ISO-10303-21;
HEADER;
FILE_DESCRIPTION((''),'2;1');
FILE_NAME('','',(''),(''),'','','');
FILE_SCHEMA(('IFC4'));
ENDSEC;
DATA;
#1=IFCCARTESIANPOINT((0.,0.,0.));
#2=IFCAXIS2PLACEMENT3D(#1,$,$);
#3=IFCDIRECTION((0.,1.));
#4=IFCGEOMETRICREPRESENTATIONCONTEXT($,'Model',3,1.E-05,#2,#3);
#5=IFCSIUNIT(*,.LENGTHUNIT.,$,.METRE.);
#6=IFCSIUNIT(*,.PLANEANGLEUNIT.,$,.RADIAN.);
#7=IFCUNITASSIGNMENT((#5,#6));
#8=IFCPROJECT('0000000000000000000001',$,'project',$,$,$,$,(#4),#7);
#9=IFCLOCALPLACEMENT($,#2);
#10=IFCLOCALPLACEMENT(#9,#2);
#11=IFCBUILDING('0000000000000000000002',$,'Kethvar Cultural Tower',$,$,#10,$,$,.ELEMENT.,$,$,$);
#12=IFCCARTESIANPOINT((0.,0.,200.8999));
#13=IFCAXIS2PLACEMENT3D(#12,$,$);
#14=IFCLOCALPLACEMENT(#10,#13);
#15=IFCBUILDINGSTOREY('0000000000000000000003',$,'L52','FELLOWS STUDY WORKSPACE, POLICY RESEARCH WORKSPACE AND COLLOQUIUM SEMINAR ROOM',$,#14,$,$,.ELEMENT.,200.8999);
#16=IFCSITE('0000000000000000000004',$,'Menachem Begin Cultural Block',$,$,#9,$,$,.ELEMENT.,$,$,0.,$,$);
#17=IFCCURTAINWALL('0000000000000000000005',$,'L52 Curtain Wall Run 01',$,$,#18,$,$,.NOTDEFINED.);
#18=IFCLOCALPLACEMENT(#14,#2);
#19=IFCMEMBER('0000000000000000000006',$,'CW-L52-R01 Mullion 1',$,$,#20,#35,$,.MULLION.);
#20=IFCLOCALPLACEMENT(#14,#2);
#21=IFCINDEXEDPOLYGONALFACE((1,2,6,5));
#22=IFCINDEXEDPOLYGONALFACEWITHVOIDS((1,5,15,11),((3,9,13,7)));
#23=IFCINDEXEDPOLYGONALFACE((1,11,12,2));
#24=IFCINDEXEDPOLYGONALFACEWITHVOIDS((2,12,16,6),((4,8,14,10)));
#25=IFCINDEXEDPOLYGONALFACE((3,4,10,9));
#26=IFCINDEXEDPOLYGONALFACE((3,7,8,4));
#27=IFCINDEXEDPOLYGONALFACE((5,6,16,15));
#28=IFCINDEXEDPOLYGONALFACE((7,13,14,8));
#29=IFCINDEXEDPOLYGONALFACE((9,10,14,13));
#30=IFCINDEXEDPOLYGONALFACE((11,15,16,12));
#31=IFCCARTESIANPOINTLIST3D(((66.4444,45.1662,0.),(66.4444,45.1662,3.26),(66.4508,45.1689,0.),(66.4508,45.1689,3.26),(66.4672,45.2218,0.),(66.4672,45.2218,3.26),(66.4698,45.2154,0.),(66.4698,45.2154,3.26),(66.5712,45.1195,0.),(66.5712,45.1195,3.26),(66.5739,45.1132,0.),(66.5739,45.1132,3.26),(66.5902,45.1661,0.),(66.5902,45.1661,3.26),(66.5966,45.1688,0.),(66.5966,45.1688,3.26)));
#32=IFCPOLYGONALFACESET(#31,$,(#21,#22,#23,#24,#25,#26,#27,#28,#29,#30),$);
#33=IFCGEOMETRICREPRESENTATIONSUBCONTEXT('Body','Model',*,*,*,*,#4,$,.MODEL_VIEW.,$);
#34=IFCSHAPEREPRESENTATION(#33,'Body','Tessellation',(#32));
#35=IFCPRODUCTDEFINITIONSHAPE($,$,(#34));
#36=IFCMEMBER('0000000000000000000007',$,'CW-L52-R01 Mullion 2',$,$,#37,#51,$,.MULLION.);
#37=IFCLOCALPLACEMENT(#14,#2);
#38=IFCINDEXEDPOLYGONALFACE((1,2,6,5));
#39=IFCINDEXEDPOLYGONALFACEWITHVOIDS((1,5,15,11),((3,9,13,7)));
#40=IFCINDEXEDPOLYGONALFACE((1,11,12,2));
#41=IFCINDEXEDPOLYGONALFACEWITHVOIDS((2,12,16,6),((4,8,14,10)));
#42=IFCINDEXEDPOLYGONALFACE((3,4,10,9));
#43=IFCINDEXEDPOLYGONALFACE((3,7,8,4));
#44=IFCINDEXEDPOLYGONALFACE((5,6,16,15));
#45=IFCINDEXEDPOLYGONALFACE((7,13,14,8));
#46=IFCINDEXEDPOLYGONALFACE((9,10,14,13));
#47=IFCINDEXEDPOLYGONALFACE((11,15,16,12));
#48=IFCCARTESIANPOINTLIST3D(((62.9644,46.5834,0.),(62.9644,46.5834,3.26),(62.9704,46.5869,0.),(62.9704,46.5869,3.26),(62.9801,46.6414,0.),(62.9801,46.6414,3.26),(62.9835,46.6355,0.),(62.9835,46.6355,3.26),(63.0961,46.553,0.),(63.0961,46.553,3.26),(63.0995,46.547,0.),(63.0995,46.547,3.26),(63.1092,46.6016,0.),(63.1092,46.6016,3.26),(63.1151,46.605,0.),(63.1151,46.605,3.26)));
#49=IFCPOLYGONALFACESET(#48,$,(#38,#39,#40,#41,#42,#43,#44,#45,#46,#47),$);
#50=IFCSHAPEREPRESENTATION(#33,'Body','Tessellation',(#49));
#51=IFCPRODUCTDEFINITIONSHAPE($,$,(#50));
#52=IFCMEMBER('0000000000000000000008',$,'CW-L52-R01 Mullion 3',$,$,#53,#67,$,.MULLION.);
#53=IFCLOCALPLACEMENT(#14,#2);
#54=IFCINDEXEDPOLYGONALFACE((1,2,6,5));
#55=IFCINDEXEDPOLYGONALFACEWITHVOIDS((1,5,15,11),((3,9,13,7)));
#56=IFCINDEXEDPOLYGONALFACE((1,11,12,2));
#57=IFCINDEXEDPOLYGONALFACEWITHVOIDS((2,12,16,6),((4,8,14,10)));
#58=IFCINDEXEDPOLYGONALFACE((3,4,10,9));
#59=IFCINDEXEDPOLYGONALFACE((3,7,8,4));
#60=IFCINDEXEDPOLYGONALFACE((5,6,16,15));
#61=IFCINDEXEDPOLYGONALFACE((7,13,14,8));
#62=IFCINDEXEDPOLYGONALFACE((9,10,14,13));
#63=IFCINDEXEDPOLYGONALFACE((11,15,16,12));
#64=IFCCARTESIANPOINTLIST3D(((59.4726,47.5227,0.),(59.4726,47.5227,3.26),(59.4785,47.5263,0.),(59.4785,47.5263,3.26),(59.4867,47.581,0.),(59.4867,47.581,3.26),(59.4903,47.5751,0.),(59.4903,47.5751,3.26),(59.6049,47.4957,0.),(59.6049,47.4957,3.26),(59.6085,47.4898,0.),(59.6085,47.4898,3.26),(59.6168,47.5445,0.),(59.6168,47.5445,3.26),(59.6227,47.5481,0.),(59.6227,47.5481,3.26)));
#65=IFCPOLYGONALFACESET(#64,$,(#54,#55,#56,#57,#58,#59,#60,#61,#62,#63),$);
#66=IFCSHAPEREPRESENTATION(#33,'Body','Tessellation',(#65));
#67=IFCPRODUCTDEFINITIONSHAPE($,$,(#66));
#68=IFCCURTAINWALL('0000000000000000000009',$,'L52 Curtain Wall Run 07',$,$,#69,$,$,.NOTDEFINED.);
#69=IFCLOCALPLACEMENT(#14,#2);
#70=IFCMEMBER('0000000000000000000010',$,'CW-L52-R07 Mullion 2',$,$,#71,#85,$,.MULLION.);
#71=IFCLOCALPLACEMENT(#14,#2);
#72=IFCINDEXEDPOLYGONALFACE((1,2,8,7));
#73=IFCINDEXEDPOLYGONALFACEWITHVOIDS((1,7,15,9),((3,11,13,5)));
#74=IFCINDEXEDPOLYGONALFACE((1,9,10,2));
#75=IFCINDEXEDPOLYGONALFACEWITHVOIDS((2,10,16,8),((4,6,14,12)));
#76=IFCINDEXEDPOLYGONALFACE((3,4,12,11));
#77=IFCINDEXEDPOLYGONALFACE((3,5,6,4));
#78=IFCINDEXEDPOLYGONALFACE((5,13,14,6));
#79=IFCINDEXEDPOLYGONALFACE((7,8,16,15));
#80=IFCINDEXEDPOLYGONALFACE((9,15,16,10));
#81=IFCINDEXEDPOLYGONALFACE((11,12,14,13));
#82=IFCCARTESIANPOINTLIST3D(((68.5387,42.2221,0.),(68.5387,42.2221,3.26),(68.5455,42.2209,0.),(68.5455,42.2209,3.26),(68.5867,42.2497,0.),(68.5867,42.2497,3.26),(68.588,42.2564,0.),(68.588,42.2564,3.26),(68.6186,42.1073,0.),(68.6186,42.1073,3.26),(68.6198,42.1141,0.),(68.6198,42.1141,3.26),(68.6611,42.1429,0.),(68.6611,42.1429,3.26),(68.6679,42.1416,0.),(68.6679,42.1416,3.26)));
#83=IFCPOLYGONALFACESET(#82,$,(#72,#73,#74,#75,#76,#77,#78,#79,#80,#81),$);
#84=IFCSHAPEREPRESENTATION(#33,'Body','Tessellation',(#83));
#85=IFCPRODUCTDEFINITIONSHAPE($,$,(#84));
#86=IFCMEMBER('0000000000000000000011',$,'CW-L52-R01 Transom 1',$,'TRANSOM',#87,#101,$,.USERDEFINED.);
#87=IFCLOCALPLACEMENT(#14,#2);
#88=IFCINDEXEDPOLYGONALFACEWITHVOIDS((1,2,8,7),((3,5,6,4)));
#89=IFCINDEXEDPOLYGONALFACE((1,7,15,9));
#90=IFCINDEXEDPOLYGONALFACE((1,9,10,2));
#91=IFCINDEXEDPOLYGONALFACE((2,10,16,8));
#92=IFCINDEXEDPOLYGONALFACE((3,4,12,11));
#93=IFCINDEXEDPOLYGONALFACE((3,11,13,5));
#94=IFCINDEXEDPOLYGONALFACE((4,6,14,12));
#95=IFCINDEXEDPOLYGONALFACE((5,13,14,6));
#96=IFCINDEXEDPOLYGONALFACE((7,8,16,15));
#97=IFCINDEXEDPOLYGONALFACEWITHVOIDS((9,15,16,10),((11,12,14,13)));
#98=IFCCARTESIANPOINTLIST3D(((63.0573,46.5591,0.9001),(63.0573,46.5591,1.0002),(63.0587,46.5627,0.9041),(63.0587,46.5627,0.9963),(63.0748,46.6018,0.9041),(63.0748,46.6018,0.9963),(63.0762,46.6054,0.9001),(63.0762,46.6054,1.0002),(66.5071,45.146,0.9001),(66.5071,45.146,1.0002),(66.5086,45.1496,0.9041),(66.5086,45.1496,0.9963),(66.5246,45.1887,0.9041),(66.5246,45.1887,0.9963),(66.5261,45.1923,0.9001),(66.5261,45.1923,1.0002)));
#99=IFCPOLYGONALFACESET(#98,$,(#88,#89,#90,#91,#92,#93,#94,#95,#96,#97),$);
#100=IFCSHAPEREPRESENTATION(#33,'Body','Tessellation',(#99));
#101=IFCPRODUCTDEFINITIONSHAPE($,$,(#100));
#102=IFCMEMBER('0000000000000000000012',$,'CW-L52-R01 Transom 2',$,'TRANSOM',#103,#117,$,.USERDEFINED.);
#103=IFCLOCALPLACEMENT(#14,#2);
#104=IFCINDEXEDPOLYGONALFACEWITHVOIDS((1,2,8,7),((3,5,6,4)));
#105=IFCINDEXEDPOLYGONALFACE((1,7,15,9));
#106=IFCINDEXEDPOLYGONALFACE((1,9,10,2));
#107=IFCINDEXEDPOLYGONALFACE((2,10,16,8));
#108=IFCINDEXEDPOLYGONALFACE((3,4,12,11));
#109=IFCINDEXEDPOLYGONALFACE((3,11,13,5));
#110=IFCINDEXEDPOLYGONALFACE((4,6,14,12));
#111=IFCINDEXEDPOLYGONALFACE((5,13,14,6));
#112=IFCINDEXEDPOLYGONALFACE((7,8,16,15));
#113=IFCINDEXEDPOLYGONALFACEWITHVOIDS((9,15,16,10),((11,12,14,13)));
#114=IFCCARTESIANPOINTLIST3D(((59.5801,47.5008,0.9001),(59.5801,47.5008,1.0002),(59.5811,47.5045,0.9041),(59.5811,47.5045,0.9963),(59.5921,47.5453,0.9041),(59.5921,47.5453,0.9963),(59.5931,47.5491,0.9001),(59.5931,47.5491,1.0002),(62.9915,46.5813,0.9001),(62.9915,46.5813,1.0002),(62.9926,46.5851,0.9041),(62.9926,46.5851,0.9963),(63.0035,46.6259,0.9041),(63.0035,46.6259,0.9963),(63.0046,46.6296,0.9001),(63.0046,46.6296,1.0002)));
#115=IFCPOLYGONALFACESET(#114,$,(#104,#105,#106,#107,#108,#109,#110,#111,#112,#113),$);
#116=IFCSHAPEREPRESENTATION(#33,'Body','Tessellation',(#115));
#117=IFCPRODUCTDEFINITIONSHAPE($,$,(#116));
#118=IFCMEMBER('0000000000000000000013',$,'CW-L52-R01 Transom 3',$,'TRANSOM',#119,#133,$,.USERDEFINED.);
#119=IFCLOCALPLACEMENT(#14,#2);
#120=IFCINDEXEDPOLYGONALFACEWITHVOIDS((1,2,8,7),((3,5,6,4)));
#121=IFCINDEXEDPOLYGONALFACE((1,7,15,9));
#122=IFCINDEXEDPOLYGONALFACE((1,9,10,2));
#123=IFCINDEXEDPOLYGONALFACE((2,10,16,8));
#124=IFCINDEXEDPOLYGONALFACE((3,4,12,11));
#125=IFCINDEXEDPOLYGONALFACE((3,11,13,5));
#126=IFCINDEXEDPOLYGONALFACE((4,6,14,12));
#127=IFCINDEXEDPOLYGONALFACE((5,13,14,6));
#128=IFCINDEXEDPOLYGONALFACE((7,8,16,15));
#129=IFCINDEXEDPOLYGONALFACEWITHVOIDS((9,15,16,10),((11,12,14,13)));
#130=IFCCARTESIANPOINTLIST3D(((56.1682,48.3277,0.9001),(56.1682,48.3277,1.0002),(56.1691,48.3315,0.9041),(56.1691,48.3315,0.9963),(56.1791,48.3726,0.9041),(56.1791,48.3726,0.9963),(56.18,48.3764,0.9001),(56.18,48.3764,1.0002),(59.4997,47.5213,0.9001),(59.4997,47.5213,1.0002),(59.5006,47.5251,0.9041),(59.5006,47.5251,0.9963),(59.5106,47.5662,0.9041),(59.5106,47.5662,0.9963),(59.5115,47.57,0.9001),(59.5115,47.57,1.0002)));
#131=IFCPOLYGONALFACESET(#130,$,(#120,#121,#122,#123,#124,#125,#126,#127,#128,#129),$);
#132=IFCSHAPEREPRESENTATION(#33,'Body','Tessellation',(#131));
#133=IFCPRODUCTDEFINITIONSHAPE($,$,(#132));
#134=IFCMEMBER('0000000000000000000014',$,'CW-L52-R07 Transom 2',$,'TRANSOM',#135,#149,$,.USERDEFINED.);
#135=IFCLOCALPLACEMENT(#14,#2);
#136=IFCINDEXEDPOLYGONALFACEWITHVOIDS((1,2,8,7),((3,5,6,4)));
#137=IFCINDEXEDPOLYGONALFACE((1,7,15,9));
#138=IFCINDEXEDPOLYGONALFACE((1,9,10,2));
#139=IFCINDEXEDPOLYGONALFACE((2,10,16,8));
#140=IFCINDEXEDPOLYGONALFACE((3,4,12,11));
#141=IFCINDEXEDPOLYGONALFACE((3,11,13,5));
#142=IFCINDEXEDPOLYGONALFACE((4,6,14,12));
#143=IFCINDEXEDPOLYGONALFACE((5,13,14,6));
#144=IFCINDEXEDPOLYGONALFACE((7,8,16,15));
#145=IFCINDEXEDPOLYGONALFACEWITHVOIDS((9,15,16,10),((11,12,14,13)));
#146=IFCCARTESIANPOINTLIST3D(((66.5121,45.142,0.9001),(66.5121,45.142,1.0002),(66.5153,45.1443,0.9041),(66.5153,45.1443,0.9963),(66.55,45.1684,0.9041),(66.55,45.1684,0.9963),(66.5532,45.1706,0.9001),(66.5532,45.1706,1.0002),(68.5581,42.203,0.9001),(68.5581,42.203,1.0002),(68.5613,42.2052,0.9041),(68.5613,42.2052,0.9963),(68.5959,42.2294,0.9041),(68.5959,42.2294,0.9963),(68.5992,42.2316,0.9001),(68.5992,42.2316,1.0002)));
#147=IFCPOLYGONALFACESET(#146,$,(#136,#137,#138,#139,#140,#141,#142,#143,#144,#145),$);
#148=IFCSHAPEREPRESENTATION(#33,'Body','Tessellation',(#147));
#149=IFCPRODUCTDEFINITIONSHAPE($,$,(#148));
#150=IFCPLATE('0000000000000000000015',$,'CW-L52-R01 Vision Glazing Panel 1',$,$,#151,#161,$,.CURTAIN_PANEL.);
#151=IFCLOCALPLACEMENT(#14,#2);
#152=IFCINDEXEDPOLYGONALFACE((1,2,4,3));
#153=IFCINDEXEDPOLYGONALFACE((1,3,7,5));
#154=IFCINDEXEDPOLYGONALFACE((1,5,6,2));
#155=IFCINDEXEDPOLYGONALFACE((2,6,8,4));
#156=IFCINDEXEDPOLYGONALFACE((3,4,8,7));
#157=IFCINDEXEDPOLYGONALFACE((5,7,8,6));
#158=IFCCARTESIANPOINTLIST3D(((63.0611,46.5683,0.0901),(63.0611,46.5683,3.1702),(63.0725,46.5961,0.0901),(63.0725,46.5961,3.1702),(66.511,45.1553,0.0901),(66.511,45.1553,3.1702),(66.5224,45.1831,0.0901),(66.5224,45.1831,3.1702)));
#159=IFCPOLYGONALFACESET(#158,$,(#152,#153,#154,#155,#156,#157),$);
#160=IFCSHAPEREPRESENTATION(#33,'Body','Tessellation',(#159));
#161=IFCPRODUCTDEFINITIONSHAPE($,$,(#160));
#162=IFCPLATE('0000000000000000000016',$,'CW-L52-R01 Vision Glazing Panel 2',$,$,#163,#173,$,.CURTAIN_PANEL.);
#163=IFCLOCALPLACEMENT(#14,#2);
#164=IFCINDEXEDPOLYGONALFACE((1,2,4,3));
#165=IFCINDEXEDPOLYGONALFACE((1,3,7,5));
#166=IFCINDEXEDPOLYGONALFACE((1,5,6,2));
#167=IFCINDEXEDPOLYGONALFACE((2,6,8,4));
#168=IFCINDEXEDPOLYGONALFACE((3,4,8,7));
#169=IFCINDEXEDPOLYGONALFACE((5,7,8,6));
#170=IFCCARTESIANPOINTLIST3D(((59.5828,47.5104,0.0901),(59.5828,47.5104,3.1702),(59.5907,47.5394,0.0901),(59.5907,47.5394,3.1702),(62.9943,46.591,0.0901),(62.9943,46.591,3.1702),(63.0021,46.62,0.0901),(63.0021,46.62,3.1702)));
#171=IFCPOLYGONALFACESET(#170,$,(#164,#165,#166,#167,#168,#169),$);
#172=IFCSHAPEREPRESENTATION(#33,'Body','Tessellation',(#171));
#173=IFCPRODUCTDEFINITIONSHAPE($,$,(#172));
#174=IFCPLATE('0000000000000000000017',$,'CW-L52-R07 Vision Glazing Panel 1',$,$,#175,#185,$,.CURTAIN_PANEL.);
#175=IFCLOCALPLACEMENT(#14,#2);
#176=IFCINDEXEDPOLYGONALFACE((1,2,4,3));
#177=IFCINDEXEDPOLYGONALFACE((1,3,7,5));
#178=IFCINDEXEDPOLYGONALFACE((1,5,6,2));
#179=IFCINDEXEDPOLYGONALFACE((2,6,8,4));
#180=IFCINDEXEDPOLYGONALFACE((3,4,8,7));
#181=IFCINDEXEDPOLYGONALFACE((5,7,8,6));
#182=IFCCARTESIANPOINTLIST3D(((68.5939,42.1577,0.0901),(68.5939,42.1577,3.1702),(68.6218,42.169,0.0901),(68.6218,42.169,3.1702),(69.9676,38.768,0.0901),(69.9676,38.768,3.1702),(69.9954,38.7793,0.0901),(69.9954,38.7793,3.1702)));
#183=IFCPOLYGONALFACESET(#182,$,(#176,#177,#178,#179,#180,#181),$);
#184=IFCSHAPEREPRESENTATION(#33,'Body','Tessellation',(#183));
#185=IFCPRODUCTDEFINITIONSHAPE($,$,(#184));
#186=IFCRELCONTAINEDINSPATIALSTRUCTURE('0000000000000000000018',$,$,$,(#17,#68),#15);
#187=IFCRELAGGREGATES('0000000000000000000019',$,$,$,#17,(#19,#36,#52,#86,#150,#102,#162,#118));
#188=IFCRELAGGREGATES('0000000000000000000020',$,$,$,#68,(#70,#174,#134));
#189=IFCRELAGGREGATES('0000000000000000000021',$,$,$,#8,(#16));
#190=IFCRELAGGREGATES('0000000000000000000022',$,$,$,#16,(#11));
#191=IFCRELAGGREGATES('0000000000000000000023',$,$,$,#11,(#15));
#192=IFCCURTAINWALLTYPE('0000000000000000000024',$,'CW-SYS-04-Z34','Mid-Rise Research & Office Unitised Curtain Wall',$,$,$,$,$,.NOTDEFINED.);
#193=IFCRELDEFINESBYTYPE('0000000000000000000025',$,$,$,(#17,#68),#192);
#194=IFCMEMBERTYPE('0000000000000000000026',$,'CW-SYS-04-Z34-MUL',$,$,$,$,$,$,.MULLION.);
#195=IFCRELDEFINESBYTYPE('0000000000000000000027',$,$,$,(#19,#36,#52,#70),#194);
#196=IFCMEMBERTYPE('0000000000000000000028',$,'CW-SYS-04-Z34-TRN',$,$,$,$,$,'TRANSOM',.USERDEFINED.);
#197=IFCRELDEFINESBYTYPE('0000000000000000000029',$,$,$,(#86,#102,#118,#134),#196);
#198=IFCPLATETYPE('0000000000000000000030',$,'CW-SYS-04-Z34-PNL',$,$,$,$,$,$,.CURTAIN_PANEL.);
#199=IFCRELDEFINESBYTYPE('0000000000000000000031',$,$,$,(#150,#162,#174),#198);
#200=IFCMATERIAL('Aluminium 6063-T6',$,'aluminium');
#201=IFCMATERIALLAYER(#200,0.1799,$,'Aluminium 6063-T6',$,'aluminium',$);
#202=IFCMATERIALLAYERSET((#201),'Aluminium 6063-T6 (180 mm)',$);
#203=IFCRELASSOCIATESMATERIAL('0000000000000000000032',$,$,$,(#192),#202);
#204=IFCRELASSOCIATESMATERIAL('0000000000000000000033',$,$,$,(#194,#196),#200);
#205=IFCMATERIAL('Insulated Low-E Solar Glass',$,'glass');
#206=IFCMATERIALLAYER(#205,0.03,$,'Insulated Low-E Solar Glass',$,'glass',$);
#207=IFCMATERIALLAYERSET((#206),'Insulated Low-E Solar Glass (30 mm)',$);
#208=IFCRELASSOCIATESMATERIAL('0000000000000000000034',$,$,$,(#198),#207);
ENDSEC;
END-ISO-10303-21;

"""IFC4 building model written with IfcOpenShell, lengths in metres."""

from ifc_helpers import new_model, si_unit, direction, frame, origin, origin_2d, place, context, subcontext, project, spatial, rectangle, hollow_rectangle, extrude, source, transform, mapped, material, layer, layer_set, material_profile, profile_set, type_object, element, aggregate, save


model = new_model("IFC4")

# Units and contexts
model_context = context("Model", 3, precision=1e-05, world=origin(), true_north=direction((0.0, 1.0)))
body_context = subcontext(model_context, "Body", "Model", "MODEL_VIEW")
ifc_project = project(units=[si_unit("LENGTHUNIT", "METRE"), si_unit("PLANEANGLEUNIT", "RADIAN")], contexts=[model_context])

# Site, building, storey
site_placement = place(None, origin())
site = spatial("IfcSite", under=ifc_project, at=site_placement, Name="Menachem Begin Cultural Block", CompositionType="ELEMENT", RefElevation=0.0)
building_placement = place(site_placement, origin())
building = spatial("IfcBuilding", under=site, at=building_placement, Name="Kethvar Cultural Tower", CompositionType="ELEMENT")
storey_placement = place(building_placement, frame((0.0, 0.0, 200.8999)))
storey = spatial("IfcBuildingStorey", under=building, at=storey_placement, Name="L52", Description="FELLOWS STUDY WORKSPACE, POLICY RESEARCH WORKSPACE AND COLLOQUIUM SEMINAR ROOM", CompositionType="ELEMENT", Elevation=200.8999)

# Curtain wall, members
ifc_material_1 = material(Name="Aluminium 6063-T6", Category="aluminium")
ifc_layer_1 = layer(ifc_material_1, 0.1799, Name="Aluminium 6063-T6", Category="aluminium")
ifc_layer_set_1 = layer_set([ifc_layer_1], Name="Aluminium 6063-T6 (180 mm)")
curtain_wall_type = type_object("IfcCurtainWallType", Name="CW-SYS-04-Z34", Description="Mid-Rise Research & Office Unitised Curtain Wall", PredefinedType="NOTDEFINED", material=ifc_layer_set_1)
curtain_wall_1_placement = place(storey_placement, origin())
curtain_wall_1 = element("IfcCurtainWall", 1, at=curtain_wall_1_placement, inside=storey, type_object=curtain_wall_type, Name="L52 Curtain Wall Run 01", PredefinedType="NOTDEFINED")
ifc_material_profile_1 = material_profile(ifc_material_1, hollow_rectangle(XDim=0.0601, YDim=0.1399, WallThickness=0.0049, at=origin_2d()), Name="Aluminium 6063-T6 — RHS140x60x5")
ifc_profile_set_1 = profile_set([ifc_material_profile_1], Name="Aluminium 6063-T6 — RHS140x60x5")
member_type_1 = type_object("IfcMemberType", Name="CW-SYS-04-Z34-MUL", PredefinedType="MULLION", material=ifc_profile_set_1)
shared_shape_1 = source(origin(), body_context, "Body", "SweptSolid", [
    extrude(hollow_rectangle(XDim=0.0601, YDim=0.1399, WallThickness=0.0049, at=origin_2d()), origin(), (0.0, 0.0, 1.0), 3.26),
])
member_1_placement = place(storey_placement, frame((66.5205, 45.1675, 0.0), z_axis=(0.0, 0.0, 1.0), x_axis=(-0.37902, -0.925388, 0.0)))
member_1 = element("IfcMember", 2, at=member_1_placement, type_object=member_type_1, Name="CW-L52-R01 Mullion 1", PredefinedType="MULLION", context=body_context, shape_type="MappedRepresentation", body=[
    mapped(shared_shape_1, transform((0.0, 0.0, 0.0), scale=1.0)),
])
member_2_placement = place(storey_placement, frame((63.0398, 46.5942, 0.0), z_axis=(0.0, 0.0, 1.0), x_axis=(-0.260235, -0.965545, 0.0)))
member_2 = element("IfcMember", 3, at=member_2_placement, type_object=member_type_1, Name="CW-L52-R01 Mullion 2", PredefinedType="MULLION", context=body_context, shape_type="MappedRepresentation", body=[
    mapped(shared_shape_1, transform((0.0, 0.0, 0.0), scale=1.0)),
])
member_3_placement = place(storey_placement, frame((59.5476, 47.5354, 0.0), z_axis=(0.0, 0.0, 1.0), x_axis=(-0.235261, -0.971932, 0.0)))
member_3 = element("IfcMember", 4, at=member_3_placement, type_object=member_type_1, Name="CW-L52-R01 Mullion 3", PredefinedType="MULLION", context=body_context, shape_type="MappedRepresentation", body=[
    mapped(shared_shape_1, transform((0.0, 0.0, 0.0), scale=1.0)),
])

# Curtain wall, member
curtain_wall_2_placement = place(storey_placement, origin())
curtain_wall_2 = element("IfcCurtainWall", 5, at=curtain_wall_2_placement, inside=storey, type_object=curtain_wall_type, Name="L52 Curtain Wall Run 07", PredefinedType="NOTDEFINED")
member_4_placement = place(storey_placement, frame((68.6033, 42.1819, 0.0), z_axis=(0.0, 0.0, 1.0), x_axis=(-0.820731, -0.571315, 0.0)))
member_4 = element("IfcMember", 6, at=member_4_placement, type_object=member_type_1, Name="CW-L52-R07 Mullion 2", PredefinedType="MULLION", context=body_context, shape_type="MappedRepresentation", body=[
    mapped(shared_shape_1, transform((0.0, 0.0, 0.0), scale=1.0)),
])

# Members
ifc_material_profile_2 = material_profile(ifc_material_1, hollow_rectangle(XDim=0.05, YDim=0.1001, WallThickness=0.0039, at=origin_2d()), Name="Aluminium 6063-T6 — RHS100x50x4")
ifc_profile_set_2 = profile_set([ifc_material_profile_2], Name="Aluminium 6063-T6 — RHS100x50x4")
member_type_2 = type_object("IfcMemberType", Name="CW-SYS-04-Z34-TRN", ElementType="TRANSOM", PredefinedType="USERDEFINED", material=ifc_profile_set_2)
shared_shape_2 = source(origin(), body_context, "Body", "SweptSolid", [
    extrude(hollow_rectangle(XDim=0.05, YDim=0.1001, WallThickness=0.0039, at=origin_2d()), origin(), (0.0, 0.0, 1.0), 3.728),
])
member_5_placement = place(storey_placement, frame((66.5166, 45.1692, 0.9502), z_axis=(-0.925383, 0.379033, 0.0), x_axis=(-0.379033, -0.925383, 0.0)))
member_5 = element("IfcMember", 7, at=member_5_placement, type_object=member_type_2, Name="CW-L52-R01 Transom 1", ObjectType="TRANSOM", PredefinedType="USERDEFINED", context=body_context, shape_type="MappedRepresentation", body=[
    mapped(shared_shape_2, transform((0.0, 0.0, 0.0), scale=1.0)),
])
shared_shape_3 = source(origin(), body_context, "Body", "SweptSolid", [
    extrude(hollow_rectangle(XDim=0.05, YDim=0.1001, WallThickness=0.0039, at=origin_2d()), origin(), (0.0, 0.0, 1.0), 3.5332),
])
member_6_placement = place(storey_placement, frame((62.998, 46.6055, 0.9502), z_axis=(-0.965546, 0.260234, 0.0), x_axis=(-0.260234, -0.965546, 0.0)))
member_6 = element("IfcMember", 8, at=member_6_placement, type_object=member_type_2, Name="CW-L52-R01 Transom 2", ObjectType="TRANSOM", PredefinedType="USERDEFINED", context=body_context, shape_type="MappedRepresentation", body=[
    mapped(shared_shape_3, transform((0.0, 0.0, 0.0), scale=1.0)),
])
shared_shape_4 = source(origin(), body_context, "Body", "SweptSolid", [
    extrude(hollow_rectangle(XDim=0.05, YDim=0.1001, WallThickness=0.0039, at=origin_2d()), origin(), (0.0, 0.0, 1.0), 3.4277),
])
member_7_placement = place(storey_placement, frame((59.5056, 47.5457, 0.9502), z_axis=(-0.971934, 0.235256, 0.0), x_axis=(-0.235256, -0.971934, 0.0)))
member_7 = element("IfcMember", 9, at=member_7_placement, type_object=member_type_2, Name="CW-L52-R01 Transom 3", ObjectType="TRANSOM", PredefinedType="USERDEFINED", context=body_context, shape_type="MappedRepresentation", body=[
    mapped(shared_shape_4, transform((0.0, 0.0, 0.0), scale=1.0)),
])
shared_shape_5 = source(origin(), body_context, "Body", "SweptSolid", [
    extrude(hollow_rectangle(XDim=0.05, YDim=0.1001, WallThickness=0.0039, at=origin_2d()), origin(), (0.0, 0.0, 1.0), 3.5811),
])
member_8_placement = place(storey_placement, frame((68.5786, 42.2173, 0.9502), z_axis=(-0.571328, 0.820722, 0.0), x_axis=(-0.820722, -0.571328, 0.0)))
member_8 = element("IfcMember", 10, at=member_8_placement, type_object=member_type_2, Name="CW-L52-R07 Transom 2", ObjectType="TRANSOM", PredefinedType="USERDEFINED", context=body_context, shape_type="MappedRepresentation", body=[
    mapped(shared_shape_5, transform((0.0, 0.0, 0.0), scale=1.0)),
])

# Plates
ifc_material_2 = material(Name="Insulated Low-E Solar Glass", Category="glass")
ifc_layer_2 = layer(ifc_material_2, 0.03, Name="Insulated Low-E Solar Glass", Category="glass")
ifc_layer_set_2 = layer_set([ifc_layer_2], Name="Insulated Low-E Solar Glass (30 mm)")
plate_type = type_object("IfcPlateType", Name="CW-SYS-04-Z34-PNL", PredefinedType="CURTAIN_PANEL", material=ifc_layer_set_2)
shared_shape_6 = source(origin(), body_context, "Body", "SweptSolid", [
    extrude(rectangle(XDim=3.728, YDim=0.03, at=origin_2d()), origin(), (0.0, 0.0, 1.0), 3.0801),
])
plate_1_placement = place(storey_placement, frame((64.7917, 45.8757, 0.0901), z_axis=(0.0, 0.0, 1.0), x_axis=(-0.925388, 0.37902, 0.0)))
plate_1 = element("IfcPlate", 11, at=plate_1_placement, type_object=plate_type, Name="CW-L52-R01 Vision Glazing Panel 1", PredefinedType="CURTAIN_PANEL", context=body_context, shape_type="MappedRepresentation", body=[
    mapped(shared_shape_6, transform((0.0, 0.0, 0.0), scale=1.0)),
])
shared_shape_7 = source(origin(), body_context, "Body", "SweptSolid", [
    extrude(rectangle(XDim=3.5332, YDim=0.03, at=origin_2d()), origin(), (0.0, 0.0, 1.0), 3.0801),
])
plate_2_placement = place(storey_placement, frame((61.2925, 47.0652, 0.0901), z_axis=(0.0, 0.0, 1.0), x_axis=(-0.965545, 0.260235, 0.0)))
plate_2 = element("IfcPlate", 12, at=plate_2_placement, type_object=plate_type, Name="CW-L52-R01 Vision Glazing Panel 2", PredefinedType="CURTAIN_PANEL", context=body_context, shape_type="MappedRepresentation", body=[
    mapped(shared_shape_7, transform((0.0, 0.0, 0.0), scale=1.0)),
])
aggregate(curtain_wall_1, [member_1, member_2, member_3, member_5, plate_1, member_6, plate_2, member_7])
shared_shape_8 = source(origin(), body_context, "Body", "SweptSolid", [
    extrude(rectangle(XDim=3.6575, YDim=0.03, at=origin_2d()), origin(), (0.0, 0.0, 1.0), 3.0801),
])
plate_3_placement = place(storey_placement, frame((69.2947, 40.4685, 0.0901), z_axis=(0.0, 0.0, 1.0), x_axis=(-0.375577, 0.926791, 0.0)))
plate_3 = element("IfcPlate", 13, at=plate_3_placement, type_object=plate_type, Name="CW-L52-R07 Vision Glazing Panel 1", PredefinedType="CURTAIN_PANEL", context=body_context, shape_type="MappedRepresentation", body=[
    mapped(shared_shape_8, transform((0.0, 0.0, 0.0), scale=1.0)),
])
aggregate(curtain_wall_2, [member_4, plate_3, member_8])

save(model, "model.ifc")
